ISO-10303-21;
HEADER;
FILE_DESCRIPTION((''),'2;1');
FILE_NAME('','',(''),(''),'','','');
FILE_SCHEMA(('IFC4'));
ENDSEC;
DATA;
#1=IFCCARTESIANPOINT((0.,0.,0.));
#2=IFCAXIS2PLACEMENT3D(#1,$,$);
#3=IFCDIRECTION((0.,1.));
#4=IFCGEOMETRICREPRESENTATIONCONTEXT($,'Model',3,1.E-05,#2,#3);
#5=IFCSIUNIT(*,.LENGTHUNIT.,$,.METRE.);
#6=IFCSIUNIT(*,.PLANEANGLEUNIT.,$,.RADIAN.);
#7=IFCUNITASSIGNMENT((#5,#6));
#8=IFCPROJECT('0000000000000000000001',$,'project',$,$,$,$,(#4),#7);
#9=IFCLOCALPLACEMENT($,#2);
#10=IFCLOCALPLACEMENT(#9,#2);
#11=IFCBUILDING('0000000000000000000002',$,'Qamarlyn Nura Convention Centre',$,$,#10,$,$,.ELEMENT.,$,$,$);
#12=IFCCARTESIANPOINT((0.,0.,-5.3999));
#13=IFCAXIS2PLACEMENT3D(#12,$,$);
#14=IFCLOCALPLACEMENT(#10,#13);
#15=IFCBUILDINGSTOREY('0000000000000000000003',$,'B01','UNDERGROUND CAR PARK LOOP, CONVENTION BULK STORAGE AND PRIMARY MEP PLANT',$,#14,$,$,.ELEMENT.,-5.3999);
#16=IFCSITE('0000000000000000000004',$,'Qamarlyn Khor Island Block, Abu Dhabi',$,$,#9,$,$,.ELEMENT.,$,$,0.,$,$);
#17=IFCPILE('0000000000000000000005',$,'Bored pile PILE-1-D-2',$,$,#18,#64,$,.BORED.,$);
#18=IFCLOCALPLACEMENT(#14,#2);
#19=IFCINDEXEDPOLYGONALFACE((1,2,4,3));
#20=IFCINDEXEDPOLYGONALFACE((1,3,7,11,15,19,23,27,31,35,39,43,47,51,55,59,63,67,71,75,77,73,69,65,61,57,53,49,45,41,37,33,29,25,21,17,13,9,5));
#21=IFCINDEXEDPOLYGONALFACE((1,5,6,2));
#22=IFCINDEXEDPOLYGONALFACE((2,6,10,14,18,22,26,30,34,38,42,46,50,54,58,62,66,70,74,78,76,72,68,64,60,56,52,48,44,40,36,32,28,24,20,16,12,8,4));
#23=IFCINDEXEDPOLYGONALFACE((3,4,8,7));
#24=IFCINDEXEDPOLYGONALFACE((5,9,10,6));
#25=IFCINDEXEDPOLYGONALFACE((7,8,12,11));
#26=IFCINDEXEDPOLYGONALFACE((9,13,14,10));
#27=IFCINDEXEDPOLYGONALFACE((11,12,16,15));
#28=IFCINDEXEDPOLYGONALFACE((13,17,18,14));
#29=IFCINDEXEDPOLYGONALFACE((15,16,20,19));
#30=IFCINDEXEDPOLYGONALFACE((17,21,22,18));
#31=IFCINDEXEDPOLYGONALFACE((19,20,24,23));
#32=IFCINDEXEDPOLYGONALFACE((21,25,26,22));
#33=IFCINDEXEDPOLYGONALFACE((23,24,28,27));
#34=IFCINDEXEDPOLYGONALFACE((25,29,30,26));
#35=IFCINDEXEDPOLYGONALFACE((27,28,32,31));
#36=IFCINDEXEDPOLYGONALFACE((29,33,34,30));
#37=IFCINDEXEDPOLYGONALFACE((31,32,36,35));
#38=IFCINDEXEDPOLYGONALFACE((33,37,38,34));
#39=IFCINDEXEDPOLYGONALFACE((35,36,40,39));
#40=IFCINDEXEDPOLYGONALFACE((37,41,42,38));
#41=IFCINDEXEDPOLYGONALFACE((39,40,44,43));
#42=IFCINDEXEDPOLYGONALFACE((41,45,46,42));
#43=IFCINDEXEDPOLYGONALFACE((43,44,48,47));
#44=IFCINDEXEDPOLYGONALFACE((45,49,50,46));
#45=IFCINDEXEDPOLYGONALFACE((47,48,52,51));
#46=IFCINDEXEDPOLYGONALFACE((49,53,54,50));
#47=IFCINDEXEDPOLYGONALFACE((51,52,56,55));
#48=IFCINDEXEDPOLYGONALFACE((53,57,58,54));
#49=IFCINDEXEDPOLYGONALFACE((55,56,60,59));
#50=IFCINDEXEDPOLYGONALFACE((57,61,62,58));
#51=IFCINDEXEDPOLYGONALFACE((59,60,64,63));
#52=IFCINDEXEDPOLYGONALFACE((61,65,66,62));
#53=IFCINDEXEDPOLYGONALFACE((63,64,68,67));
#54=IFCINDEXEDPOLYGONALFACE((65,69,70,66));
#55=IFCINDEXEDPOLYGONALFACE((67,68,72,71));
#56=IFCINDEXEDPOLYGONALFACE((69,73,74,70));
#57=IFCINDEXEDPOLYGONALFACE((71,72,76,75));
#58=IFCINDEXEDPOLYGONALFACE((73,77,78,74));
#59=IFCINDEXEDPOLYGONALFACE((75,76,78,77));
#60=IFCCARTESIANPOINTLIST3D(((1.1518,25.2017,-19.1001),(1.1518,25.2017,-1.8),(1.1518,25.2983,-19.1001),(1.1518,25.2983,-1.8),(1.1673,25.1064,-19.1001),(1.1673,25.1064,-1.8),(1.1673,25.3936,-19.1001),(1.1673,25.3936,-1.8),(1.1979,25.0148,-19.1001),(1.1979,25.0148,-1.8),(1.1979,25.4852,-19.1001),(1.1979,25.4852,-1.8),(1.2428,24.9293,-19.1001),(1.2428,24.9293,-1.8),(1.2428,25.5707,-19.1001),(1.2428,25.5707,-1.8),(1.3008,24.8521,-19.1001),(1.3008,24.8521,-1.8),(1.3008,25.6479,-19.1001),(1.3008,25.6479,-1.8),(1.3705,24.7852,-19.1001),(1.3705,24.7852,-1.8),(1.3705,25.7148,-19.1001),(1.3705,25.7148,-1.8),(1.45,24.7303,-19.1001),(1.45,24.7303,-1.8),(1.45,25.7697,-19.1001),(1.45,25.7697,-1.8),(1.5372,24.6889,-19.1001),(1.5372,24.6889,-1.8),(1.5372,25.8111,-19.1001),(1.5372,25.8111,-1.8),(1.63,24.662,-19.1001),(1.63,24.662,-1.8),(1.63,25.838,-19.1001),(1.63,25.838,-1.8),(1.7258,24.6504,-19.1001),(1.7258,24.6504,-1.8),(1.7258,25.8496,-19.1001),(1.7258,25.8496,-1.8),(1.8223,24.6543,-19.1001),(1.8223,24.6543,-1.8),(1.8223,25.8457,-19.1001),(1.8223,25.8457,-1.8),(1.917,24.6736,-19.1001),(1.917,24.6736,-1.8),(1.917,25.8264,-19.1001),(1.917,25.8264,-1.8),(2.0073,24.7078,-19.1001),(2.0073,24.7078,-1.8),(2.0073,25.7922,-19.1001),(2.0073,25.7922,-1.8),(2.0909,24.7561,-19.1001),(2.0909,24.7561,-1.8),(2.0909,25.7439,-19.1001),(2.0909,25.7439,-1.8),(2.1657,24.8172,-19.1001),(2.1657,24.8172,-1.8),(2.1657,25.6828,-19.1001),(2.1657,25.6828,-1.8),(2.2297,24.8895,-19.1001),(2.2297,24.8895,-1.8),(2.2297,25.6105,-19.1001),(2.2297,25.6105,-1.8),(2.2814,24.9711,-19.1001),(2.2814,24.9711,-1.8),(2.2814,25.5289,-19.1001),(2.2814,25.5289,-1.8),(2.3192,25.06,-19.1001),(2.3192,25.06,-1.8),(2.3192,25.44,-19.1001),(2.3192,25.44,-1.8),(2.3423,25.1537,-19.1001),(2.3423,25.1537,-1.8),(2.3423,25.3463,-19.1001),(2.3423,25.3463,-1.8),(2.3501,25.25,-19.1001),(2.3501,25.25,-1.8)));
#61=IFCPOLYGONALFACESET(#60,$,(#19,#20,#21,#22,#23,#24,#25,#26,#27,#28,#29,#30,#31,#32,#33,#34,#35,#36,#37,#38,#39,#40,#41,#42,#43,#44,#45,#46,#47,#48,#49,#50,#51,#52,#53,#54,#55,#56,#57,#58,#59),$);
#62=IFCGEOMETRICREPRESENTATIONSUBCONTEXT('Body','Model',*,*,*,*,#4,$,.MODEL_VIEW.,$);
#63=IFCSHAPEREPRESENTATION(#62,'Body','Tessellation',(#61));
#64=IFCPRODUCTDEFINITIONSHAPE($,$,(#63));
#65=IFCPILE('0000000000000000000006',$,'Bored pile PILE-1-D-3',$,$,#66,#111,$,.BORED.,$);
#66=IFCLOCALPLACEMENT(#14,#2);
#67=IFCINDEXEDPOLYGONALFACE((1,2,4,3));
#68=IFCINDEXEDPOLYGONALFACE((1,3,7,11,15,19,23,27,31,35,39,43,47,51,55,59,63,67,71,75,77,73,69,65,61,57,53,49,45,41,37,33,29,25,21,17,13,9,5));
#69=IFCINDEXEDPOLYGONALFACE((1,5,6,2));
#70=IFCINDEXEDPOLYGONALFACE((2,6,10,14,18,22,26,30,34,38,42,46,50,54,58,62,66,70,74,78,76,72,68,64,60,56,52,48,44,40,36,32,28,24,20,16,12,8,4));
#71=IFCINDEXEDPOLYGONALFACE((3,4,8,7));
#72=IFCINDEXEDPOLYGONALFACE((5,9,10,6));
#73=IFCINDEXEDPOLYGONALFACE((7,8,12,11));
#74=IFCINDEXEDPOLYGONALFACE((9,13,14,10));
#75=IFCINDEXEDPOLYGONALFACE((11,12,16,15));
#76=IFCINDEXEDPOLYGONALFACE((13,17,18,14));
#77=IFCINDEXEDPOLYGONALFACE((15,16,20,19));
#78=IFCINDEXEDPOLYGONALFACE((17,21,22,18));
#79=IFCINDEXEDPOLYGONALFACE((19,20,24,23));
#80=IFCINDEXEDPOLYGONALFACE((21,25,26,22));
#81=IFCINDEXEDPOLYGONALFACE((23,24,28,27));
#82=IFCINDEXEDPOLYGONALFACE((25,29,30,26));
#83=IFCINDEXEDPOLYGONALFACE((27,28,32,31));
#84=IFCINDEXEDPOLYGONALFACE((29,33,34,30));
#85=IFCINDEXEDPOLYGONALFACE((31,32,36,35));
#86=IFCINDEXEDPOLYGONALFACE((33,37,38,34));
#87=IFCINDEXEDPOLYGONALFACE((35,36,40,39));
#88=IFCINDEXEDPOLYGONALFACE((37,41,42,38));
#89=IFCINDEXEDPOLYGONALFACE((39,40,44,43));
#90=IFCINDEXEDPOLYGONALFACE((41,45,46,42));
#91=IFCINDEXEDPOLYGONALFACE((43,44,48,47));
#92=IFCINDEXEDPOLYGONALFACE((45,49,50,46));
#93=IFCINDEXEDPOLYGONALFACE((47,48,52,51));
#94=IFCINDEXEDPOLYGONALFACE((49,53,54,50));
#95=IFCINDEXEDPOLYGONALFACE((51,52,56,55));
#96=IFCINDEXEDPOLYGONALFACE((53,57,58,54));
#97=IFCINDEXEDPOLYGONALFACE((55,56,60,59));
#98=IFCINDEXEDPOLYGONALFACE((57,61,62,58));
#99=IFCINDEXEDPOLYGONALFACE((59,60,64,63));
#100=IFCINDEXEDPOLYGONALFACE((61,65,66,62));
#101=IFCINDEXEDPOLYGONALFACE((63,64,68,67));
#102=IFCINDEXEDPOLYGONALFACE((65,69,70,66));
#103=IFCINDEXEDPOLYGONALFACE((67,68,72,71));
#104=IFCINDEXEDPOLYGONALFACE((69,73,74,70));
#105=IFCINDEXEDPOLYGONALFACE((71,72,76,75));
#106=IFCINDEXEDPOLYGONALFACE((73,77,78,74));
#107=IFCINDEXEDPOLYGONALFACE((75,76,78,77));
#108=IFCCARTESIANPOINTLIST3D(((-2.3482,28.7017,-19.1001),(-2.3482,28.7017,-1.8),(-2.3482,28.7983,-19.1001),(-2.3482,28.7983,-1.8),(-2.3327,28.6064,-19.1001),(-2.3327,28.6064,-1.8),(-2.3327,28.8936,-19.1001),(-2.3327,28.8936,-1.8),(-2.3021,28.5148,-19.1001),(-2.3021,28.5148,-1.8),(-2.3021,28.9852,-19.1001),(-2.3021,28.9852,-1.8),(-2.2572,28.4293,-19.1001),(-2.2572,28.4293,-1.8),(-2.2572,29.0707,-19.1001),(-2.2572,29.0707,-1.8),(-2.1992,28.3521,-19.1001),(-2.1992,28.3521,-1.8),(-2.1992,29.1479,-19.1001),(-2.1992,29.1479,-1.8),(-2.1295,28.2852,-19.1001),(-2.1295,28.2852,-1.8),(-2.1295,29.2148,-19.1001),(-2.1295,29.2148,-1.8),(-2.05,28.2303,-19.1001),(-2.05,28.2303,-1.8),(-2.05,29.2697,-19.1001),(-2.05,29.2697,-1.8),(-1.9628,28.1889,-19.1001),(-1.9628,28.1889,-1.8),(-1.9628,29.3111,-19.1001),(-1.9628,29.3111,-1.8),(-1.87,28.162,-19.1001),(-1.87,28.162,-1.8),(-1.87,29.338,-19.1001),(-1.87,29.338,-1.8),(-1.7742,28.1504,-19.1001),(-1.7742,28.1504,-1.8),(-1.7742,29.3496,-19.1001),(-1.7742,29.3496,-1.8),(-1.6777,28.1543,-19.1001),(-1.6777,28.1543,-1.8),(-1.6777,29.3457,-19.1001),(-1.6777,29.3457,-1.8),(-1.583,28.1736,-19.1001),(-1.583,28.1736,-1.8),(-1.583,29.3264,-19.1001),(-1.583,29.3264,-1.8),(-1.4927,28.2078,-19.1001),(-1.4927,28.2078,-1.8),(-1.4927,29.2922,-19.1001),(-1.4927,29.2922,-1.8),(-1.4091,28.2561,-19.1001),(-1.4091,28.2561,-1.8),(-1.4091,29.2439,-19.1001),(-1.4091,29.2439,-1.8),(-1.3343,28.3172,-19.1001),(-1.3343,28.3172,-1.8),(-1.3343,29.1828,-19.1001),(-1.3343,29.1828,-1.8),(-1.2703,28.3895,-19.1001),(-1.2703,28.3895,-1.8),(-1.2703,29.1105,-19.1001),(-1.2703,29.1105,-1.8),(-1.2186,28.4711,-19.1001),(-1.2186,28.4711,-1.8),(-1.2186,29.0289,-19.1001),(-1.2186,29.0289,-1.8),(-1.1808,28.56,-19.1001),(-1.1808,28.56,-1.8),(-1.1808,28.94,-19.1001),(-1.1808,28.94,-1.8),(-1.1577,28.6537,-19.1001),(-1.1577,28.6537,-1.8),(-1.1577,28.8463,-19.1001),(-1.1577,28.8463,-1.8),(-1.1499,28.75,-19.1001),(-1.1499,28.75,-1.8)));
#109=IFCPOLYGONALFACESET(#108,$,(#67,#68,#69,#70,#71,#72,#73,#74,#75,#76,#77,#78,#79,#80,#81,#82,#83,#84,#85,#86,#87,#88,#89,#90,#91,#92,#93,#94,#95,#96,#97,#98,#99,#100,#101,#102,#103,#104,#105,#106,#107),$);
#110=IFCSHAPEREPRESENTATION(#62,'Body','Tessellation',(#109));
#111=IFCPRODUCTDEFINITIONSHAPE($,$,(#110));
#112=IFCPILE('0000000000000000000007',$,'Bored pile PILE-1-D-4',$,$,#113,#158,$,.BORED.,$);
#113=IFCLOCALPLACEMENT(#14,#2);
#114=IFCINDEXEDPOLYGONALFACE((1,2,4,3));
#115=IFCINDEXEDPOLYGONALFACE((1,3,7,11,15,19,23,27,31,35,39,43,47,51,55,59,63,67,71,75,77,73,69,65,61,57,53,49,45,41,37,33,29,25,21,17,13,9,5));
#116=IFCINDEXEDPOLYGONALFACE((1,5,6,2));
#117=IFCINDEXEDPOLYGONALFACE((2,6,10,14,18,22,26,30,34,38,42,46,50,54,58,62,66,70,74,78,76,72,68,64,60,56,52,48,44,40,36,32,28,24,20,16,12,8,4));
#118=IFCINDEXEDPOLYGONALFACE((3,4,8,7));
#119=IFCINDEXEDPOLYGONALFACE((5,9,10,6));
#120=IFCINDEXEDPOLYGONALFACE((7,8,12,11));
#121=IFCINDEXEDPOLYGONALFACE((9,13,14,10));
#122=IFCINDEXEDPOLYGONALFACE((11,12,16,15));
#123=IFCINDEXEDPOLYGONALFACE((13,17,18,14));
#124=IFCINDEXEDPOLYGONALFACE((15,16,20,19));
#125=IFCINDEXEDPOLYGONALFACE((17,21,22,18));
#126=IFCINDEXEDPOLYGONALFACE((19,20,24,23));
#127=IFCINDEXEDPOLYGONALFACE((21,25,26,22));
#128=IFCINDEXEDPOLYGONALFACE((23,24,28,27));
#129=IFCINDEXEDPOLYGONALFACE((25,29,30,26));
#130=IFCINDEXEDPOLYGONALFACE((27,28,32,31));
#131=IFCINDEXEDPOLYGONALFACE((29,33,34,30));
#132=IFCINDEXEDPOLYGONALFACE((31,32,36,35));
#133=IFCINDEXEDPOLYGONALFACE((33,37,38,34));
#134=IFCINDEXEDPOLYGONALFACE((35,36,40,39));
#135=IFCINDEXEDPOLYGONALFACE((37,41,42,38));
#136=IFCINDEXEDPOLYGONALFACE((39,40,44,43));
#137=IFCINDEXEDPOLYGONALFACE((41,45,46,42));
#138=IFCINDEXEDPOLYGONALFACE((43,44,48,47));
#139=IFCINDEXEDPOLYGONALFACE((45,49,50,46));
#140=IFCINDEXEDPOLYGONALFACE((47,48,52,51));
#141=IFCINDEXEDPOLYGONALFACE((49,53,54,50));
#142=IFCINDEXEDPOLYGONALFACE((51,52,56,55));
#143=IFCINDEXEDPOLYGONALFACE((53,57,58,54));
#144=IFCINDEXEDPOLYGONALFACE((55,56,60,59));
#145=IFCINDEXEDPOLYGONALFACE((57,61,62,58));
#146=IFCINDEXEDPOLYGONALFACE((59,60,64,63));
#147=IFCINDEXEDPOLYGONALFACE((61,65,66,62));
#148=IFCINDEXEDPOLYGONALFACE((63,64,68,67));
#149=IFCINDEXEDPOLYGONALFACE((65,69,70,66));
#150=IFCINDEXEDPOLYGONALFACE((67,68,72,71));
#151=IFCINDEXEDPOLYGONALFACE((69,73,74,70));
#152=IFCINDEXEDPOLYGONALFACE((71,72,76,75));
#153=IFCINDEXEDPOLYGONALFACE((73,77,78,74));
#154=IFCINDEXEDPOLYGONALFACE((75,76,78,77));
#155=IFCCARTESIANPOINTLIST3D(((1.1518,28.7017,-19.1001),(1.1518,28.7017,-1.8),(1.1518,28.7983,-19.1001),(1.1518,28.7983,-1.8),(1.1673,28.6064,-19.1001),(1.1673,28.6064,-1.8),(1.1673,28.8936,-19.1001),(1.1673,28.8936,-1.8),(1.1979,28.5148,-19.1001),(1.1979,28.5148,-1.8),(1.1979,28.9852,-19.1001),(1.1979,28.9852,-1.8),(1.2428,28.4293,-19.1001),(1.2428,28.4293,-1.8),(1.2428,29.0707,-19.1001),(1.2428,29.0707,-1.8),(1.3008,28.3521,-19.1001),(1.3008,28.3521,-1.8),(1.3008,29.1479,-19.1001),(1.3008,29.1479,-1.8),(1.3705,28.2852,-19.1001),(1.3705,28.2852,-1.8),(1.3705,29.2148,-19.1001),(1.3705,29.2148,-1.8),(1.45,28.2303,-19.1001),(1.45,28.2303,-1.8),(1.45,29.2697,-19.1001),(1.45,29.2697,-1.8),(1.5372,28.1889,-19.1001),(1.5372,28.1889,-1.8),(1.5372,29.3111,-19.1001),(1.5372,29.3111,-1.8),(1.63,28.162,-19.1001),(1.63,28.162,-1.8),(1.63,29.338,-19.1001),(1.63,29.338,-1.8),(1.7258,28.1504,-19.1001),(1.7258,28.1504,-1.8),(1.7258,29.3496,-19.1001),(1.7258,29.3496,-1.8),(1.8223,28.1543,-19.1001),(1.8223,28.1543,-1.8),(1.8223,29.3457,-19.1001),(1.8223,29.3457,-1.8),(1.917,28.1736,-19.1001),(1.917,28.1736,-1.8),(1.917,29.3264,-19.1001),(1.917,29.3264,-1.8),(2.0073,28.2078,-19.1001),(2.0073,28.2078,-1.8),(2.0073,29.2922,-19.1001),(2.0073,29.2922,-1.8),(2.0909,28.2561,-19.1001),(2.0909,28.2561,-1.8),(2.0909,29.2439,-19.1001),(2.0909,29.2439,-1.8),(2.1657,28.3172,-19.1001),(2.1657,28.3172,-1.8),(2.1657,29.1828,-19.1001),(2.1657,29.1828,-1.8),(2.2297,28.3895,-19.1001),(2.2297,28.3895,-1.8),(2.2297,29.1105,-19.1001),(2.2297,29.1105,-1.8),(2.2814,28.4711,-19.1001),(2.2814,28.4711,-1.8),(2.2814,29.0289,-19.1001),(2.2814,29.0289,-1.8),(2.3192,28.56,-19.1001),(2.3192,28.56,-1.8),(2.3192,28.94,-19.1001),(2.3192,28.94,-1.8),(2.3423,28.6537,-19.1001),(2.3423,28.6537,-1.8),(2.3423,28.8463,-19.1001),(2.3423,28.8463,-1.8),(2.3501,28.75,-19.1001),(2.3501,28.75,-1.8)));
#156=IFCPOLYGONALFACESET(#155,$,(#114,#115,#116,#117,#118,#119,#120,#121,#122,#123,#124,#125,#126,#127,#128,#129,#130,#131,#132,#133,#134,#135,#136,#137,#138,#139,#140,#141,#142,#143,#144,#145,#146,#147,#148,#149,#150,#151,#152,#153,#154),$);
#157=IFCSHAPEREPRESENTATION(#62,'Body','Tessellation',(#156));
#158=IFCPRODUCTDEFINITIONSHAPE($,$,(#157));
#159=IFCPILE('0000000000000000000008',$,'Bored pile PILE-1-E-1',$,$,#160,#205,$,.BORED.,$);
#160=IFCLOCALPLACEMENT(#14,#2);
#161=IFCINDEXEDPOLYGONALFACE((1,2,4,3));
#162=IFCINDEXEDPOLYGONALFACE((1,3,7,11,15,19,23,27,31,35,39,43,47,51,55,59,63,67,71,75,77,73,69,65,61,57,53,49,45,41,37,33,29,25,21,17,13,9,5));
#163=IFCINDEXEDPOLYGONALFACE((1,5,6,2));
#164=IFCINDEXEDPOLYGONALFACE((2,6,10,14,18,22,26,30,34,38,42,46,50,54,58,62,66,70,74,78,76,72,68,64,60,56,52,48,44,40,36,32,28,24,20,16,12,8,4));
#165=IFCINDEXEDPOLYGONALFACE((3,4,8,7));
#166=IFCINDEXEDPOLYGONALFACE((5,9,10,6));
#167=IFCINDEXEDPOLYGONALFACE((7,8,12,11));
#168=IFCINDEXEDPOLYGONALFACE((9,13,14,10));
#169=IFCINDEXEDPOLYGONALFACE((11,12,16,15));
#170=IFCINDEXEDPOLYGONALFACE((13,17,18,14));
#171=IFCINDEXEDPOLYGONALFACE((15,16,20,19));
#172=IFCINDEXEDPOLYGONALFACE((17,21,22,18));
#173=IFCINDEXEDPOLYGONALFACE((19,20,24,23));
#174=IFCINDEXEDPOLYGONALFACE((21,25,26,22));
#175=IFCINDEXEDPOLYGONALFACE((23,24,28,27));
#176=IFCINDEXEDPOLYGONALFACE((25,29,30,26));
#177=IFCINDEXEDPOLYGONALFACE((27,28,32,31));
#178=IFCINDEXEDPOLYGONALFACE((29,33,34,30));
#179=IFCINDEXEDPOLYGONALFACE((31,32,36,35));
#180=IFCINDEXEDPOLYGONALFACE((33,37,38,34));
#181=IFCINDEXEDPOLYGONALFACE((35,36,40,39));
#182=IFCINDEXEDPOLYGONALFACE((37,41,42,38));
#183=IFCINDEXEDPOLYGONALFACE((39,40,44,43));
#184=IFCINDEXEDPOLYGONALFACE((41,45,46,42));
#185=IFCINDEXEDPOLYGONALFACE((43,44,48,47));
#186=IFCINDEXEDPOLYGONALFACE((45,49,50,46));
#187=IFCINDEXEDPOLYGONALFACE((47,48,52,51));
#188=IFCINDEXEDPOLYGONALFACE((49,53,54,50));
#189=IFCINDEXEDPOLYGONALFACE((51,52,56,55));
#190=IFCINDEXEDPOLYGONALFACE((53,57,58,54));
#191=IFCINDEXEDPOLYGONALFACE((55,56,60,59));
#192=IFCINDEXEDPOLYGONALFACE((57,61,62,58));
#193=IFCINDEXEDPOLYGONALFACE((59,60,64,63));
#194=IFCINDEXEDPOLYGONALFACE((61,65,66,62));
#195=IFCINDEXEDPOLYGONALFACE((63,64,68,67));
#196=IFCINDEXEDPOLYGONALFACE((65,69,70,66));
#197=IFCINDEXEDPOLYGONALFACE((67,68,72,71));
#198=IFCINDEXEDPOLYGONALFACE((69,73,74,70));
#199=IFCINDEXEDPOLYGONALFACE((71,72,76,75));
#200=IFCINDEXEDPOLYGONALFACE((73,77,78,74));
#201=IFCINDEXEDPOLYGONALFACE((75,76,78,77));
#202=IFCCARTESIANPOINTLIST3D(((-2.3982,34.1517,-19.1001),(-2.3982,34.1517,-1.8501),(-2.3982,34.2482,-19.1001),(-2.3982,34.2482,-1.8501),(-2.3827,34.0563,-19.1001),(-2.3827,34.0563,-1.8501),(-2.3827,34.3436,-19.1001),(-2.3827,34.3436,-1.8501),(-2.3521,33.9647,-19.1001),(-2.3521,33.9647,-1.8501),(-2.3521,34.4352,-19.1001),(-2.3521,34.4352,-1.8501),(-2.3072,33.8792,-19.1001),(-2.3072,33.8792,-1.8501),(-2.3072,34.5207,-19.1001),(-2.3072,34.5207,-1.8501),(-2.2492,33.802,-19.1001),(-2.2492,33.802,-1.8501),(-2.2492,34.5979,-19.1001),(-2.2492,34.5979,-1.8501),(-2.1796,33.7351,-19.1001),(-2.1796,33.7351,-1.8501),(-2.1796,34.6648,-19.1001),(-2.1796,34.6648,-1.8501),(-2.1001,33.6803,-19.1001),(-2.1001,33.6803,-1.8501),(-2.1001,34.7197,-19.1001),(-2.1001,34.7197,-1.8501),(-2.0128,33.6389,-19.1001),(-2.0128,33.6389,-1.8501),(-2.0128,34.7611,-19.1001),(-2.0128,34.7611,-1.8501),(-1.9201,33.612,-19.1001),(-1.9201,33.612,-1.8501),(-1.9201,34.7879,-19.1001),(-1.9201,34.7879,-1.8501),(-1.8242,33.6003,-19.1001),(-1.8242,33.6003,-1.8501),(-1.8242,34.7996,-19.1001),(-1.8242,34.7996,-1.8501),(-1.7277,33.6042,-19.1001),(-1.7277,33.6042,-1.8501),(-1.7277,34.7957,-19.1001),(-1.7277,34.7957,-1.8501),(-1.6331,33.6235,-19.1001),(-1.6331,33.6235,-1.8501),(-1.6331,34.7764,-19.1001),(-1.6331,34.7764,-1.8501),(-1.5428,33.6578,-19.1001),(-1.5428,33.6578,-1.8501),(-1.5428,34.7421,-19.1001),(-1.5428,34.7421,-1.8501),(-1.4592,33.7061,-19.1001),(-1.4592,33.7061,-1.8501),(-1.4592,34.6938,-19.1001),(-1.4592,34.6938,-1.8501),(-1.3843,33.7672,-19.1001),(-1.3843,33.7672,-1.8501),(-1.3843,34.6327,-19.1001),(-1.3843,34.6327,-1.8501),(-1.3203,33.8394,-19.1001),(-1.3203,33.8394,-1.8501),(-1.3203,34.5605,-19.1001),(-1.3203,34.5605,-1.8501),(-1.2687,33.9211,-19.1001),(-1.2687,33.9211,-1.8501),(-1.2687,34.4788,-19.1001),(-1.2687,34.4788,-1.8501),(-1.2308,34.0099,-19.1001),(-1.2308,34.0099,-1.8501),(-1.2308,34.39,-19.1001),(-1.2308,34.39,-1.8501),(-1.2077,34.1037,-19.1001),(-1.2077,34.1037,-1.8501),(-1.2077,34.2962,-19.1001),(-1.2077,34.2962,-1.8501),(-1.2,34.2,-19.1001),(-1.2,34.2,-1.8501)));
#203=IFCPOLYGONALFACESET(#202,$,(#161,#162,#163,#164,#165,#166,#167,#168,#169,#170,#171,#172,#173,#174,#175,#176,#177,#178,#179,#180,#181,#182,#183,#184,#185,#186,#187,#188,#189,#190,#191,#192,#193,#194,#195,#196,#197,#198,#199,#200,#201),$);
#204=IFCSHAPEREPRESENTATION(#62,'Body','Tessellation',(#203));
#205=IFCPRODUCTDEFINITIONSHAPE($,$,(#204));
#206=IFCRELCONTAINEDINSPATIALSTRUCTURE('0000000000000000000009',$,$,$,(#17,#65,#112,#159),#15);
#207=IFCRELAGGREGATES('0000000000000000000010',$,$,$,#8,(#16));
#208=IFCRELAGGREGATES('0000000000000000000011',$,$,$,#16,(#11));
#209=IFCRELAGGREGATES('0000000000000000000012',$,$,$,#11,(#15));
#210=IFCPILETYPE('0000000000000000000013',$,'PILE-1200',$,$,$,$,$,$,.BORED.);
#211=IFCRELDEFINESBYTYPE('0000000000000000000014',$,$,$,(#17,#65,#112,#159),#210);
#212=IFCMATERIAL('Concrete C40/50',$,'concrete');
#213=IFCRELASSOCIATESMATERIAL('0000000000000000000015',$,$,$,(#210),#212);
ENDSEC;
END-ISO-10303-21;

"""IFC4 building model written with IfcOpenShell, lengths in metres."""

from ifc_helpers import new_model, si_unit, direction, frame, origin, origin_2d, place, context, subcontext, project, spatial, circle, extrude, material, material_profile, profile_set, type_object, element, save


model = new_model("IFC4")

# Units and contexts
model_context = context("Model", 3, precision=1e-05, world=origin(), true_north=direction((0.0, 1.0)))
body_context = subcontext(model_context, "Body", "Model", "MODEL_VIEW")
ifc_project = project(units=[si_unit("LENGTHUNIT", "METRE"), si_unit("PLANEANGLEUNIT", "RADIAN")], contexts=[model_context])

# Site, building, storey
site_placement = place(None, origin())
site = spatial("IfcSite", under=ifc_project, at=site_placement, Name="Qamarlyn Khor Island Block, Abu Dhabi", CompositionType="ELEMENT", RefElevation=0.0)
building_placement = place(site_placement, origin())
building = spatial("IfcBuilding", under=site, at=building_placement, Name="Qamarlyn Nura Convention Centre", CompositionType="ELEMENT")
storey_placement = place(building_placement, frame((0.0, 0.0, -5.3999)))
storey = spatial("IfcBuildingStorey", under=building, at=storey_placement, Name="B01", Description="UNDERGROUND CAR PARK LOOP, CONVENTION BULK STORAGE AND PRIMARY MEP PLANT", CompositionType="ELEMENT", Elevation=-5.3999)

# Shared definitions
ifc_material_1 = material(Name="Concrete C40/50", Category="concrete")

# Piles
ifc_material_profile_1 = material_profile(ifc_material_1, circle(Radius=0.6001, at=origin_2d()), Name="BORED PILE 1200")
ifc_profile_set_1 = profile_set([ifc_material_profile_1], Name="Concrete C40/50")
pile_type = type_object("IfcPileType", Name="PILE-1200", PredefinedType="BORED", material=ifc_profile_set_1)
for number, where, z_axis, x_axis, name in (
    (1, (1.75, 25.25, -1.8), (0.0, 0.0, -1.0), (1.0, 0.0, 0.0), "Bored pile PILE-1-D-2"),
    (2, (-1.75, 28.75, -1.8), (0.0, 0.0, -1.0), (1.0, 0.0, 0.0), "Bored pile PILE-1-D-3"),
    (3, (1.75, 28.75, -1.8), (0.0, 0.0, -1.0), (1.0, 0.0, 0.0), "Bored pile PILE-1-D-4"),
):
    element("IfcPile", number, at=place(storey_placement, frame(where, z_axis=z_axis, x_axis=x_axis)), inside=storey, type_object=pile_type, Name=name, PredefinedType="BORED", context=body_context, shape_type="SweptSolid", body=[
        extrude(circle(Radius=0.6001, at=origin_2d()), origin(), (0.0, 0.0, 1.0), 17.3),
    ])
for number, where, z_axis, x_axis, name in (
    (4, (-1.8, 34.2, -1.8501), (0.0, 0.0, -1.0), (1.0, 0.0, 0.0), "Bored pile PILE-1-E-1"),
):
    element("IfcPile", number, at=place(storey_placement, frame(where, z_axis=z_axis, x_axis=x_axis)), inside=storey, type_object=pile_type, Name=name, PredefinedType="BORED", context=body_context, shape_type="SweptSolid", body=[
        extrude(circle(Radius=0.6001, at=origin_2d()), origin(), (0.0, 0.0, 1.0), 17.25),
    ])

save(model, "model.ifc")
